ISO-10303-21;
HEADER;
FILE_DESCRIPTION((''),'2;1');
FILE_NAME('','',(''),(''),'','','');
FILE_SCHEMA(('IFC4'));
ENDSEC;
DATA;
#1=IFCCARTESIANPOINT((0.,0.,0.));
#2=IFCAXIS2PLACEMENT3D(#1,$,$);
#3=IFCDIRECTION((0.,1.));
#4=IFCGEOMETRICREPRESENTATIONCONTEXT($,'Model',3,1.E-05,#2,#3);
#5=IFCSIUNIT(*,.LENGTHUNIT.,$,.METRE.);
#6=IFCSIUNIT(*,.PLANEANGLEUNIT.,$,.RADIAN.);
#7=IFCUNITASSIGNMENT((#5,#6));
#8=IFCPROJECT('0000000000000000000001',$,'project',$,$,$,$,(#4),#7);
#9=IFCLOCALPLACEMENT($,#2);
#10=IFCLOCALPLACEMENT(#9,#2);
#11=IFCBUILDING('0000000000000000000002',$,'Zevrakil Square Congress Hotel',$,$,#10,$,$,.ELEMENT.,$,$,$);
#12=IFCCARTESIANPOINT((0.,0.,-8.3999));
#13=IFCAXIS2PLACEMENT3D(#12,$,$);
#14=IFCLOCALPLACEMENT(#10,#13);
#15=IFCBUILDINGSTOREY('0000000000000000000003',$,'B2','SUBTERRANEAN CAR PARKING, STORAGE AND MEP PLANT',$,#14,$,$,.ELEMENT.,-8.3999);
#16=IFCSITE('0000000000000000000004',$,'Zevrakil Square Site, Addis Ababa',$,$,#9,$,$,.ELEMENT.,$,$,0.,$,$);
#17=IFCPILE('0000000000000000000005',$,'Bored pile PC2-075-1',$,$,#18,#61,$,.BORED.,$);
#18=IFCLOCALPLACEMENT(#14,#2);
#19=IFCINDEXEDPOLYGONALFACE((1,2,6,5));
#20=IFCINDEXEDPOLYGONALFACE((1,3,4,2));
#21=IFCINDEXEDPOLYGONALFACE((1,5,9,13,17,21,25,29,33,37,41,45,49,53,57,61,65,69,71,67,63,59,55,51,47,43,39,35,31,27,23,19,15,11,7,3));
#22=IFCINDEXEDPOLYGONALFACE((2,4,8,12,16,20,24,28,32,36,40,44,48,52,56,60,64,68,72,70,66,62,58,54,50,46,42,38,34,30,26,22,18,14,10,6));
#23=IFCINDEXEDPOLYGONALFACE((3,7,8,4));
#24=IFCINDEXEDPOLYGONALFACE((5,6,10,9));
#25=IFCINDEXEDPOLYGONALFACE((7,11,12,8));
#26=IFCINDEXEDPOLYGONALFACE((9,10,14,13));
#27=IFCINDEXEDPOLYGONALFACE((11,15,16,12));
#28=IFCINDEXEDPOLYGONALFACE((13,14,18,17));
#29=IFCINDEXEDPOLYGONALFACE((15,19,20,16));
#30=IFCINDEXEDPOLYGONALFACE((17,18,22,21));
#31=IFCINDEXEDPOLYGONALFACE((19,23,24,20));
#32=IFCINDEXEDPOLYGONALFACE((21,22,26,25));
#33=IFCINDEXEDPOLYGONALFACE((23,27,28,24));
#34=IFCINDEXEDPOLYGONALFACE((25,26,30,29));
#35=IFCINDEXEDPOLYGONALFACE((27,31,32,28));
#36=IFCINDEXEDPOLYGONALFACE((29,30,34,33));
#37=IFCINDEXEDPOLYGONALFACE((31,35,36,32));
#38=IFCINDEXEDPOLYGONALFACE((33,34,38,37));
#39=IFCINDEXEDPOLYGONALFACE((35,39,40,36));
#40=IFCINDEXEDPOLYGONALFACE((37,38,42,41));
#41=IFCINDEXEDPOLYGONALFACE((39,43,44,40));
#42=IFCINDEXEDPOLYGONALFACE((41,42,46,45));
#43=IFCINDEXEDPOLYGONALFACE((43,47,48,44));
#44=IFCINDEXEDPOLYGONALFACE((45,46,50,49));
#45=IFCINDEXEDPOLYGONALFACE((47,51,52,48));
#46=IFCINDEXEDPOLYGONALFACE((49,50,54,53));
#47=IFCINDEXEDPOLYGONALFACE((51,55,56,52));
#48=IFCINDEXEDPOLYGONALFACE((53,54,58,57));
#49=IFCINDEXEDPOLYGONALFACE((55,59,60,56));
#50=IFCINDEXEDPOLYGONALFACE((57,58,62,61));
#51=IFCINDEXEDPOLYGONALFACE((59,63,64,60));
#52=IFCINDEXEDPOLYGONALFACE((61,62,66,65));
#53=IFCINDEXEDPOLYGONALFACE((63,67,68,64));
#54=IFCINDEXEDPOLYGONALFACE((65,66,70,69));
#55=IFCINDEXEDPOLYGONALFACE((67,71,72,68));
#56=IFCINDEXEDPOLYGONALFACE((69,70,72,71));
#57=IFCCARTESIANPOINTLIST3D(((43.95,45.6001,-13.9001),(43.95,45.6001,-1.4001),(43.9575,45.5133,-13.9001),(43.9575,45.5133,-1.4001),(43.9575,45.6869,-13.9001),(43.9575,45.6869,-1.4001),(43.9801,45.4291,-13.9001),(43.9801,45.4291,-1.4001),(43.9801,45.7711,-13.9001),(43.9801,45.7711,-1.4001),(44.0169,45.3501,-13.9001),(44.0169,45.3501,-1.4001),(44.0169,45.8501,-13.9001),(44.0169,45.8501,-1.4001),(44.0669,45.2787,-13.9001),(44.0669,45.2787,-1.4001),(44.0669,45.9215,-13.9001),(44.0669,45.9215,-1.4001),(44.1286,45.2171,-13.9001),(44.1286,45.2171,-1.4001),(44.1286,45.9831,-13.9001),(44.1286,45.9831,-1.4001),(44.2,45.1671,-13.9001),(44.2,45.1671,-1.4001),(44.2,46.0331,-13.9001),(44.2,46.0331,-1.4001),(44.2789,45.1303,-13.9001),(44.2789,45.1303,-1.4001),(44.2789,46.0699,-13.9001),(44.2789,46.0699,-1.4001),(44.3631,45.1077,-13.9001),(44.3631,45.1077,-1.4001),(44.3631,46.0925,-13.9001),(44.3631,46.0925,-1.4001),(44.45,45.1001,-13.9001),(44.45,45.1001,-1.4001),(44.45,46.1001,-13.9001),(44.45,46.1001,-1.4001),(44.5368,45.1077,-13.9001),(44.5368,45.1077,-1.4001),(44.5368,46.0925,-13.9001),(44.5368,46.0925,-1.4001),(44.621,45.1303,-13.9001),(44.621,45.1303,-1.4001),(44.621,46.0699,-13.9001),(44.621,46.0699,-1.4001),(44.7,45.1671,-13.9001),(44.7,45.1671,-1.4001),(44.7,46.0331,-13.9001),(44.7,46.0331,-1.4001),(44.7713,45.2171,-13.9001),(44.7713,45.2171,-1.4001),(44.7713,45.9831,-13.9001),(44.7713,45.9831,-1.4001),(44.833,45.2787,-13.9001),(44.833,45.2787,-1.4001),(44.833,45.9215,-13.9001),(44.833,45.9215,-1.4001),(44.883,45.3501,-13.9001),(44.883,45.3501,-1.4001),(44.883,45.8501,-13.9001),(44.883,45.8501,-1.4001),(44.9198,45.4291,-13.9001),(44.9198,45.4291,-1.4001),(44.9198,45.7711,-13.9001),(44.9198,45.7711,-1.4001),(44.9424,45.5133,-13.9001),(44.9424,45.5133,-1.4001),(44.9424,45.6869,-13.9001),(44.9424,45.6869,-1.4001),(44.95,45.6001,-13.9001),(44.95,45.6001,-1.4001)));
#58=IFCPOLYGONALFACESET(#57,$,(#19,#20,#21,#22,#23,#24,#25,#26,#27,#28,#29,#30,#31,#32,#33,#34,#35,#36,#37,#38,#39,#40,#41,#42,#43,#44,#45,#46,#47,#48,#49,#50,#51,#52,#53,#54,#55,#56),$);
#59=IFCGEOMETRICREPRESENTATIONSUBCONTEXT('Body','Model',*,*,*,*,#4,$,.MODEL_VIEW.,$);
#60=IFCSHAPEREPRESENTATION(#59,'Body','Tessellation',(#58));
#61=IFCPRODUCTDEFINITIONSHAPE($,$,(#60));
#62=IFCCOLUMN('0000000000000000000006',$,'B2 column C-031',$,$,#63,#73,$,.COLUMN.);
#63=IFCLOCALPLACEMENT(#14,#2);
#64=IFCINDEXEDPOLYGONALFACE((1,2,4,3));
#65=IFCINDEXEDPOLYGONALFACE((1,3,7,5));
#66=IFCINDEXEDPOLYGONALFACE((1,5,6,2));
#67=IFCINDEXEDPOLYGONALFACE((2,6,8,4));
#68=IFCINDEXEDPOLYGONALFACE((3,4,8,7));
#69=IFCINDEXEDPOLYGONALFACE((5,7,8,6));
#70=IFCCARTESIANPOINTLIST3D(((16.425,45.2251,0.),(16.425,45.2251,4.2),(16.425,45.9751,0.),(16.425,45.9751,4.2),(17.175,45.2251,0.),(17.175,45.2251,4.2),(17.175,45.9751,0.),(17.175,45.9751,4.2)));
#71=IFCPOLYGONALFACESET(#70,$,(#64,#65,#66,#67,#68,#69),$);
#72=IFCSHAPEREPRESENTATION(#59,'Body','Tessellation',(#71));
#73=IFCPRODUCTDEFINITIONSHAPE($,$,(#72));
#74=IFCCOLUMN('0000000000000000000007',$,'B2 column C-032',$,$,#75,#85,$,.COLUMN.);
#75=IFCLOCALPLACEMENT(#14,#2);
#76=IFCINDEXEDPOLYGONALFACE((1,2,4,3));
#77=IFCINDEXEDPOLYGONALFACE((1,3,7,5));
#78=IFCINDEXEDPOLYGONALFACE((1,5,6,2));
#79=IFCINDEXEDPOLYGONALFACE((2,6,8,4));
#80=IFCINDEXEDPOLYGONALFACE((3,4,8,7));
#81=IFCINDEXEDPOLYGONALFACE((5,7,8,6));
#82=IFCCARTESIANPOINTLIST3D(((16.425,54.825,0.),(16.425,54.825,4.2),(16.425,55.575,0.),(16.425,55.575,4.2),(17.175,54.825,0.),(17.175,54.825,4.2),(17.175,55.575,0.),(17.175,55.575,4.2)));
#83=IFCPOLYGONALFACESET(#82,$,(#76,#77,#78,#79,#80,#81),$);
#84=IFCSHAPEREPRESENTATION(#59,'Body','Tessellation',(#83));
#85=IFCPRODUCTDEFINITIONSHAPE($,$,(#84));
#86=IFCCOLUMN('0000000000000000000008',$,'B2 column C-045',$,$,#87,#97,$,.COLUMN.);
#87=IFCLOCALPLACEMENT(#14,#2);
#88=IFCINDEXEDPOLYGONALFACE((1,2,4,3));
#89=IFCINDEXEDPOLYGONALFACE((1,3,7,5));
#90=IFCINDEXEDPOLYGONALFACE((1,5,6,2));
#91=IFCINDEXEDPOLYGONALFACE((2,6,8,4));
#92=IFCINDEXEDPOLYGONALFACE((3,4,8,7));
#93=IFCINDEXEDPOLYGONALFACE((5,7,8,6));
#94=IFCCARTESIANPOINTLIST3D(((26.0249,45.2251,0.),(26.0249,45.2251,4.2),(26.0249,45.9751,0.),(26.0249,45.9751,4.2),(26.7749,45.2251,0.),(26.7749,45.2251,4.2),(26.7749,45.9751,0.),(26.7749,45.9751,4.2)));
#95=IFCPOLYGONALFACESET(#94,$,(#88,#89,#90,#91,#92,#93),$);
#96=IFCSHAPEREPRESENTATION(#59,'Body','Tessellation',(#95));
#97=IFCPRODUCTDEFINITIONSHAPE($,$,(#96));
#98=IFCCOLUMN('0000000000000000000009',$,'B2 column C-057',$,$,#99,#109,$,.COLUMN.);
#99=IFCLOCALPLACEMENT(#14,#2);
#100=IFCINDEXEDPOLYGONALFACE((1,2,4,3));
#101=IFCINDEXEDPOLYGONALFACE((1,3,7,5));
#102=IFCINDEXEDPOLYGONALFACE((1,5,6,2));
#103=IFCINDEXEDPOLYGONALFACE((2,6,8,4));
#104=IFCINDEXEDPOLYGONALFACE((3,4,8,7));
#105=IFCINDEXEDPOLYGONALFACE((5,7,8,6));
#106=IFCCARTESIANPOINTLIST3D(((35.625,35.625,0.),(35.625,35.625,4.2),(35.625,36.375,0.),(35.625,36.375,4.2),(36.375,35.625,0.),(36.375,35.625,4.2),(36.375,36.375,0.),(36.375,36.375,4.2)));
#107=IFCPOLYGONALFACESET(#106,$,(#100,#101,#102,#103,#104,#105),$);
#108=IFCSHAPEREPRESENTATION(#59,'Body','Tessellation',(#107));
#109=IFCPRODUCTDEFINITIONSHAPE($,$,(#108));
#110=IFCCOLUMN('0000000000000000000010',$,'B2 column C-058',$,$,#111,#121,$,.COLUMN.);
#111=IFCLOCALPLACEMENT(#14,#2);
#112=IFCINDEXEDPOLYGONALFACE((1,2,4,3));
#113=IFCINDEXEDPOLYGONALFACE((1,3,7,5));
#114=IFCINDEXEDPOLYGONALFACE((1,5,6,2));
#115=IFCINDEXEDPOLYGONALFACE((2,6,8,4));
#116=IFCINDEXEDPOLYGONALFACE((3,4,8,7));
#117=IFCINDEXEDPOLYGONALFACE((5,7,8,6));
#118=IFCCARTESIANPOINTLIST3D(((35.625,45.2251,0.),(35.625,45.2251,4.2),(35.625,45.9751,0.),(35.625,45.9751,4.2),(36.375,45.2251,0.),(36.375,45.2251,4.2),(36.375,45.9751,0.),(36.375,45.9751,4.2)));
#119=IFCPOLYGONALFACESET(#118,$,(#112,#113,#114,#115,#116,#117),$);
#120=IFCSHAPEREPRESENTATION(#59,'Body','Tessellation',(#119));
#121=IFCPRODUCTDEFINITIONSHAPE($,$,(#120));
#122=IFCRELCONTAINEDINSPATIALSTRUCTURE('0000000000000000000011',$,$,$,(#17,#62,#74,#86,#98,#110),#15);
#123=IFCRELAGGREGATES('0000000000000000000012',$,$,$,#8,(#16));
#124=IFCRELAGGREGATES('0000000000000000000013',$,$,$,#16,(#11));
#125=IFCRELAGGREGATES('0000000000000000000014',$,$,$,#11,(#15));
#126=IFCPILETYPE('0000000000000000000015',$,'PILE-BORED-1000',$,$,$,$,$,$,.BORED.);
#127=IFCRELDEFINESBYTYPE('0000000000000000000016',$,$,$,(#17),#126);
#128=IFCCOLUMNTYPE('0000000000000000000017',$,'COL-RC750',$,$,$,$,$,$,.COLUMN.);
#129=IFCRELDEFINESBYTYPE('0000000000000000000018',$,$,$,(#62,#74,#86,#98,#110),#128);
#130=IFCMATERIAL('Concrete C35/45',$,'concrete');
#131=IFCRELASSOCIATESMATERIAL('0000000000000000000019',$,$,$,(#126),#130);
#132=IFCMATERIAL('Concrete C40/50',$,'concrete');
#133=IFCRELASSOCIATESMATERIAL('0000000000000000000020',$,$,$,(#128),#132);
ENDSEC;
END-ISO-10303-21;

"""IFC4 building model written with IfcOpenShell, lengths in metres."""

from ifc_helpers import new_model, si_unit, direction, frame, origin, origin_2d, place, context, subcontext, project, spatial, rectangle, circle, extrude, material, material_profile, profile_set, type_object, element, save


model = new_model("IFC4")

# Units and contexts
model_context = context("Model", 3, precision=1e-05, world=origin(), true_north=direction((0.0, 1.0)))
body_context = subcontext(model_context, "Body", "Model", "MODEL_VIEW")
ifc_project = project(units=[si_unit("LENGTHUNIT", "METRE"), si_unit("PLANEANGLEUNIT", "RADIAN")], contexts=[model_context])

# Site, building, storey
site_placement = place(None, origin())
site = spatial("IfcSite", under=ifc_project, at=site_placement, Name="Zevrakil Square Site, Addis Ababa", CompositionType="ELEMENT", RefElevation=0.0)
building_placement = place(site_placement, origin())
building = spatial("IfcBuilding", under=site, at=building_placement, Name="Zevrakil Square Congress Hotel", CompositionType="ELEMENT")
storey_placement = place(building_placement, frame((0.0, 0.0, -8.3999)))
storey = spatial("IfcBuildingStorey", under=building, at=storey_placement, Name="B2", Description="SUBTERRANEAN CAR PARKING, STORAGE AND MEP PLANT", CompositionType="ELEMENT", Elevation=-8.3999)

# Pile
ifc_material_1 = material(Name="Concrete C35/45", Category="concrete")
ifc_material_profile_1 = material_profile(ifc_material_1, circle(Radius=0.5, at=origin_2d()), Name="PILE D1000")
ifc_profile_set_1 = profile_set([ifc_material_profile_1], Name="Concrete C35/45")
pile_type = type_object("IfcPileType", Name="PILE-BORED-1000", PredefinedType="BORED", material=ifc_profile_set_1)
for number, where, z_axis, x_axis, name in (
    (1, (44.45, 45.6001, -1.4001), (0.0, 0.0, -1.0), (1.0, 0.0, 0.0), "Bored pile PC2-075-1"),
):
    element("IfcPile", number, at=place(storey_placement, frame(where, z_axis=z_axis, x_axis=x_axis)), inside=storey, type_object=pile_type, Name=name, PredefinedType="BORED", context=body_context, shape_type="SweptSolid", body=[
        extrude(circle(Radius=0.5, at=origin_2d()), origin(), (0.0, 0.0, 1.0), 12.5),
    ])

# Columns
ifc_material_2 = material(Name="Concrete C40/50", Category="concrete")
ifc_material_profile_2 = material_profile(ifc_material_2, rectangle(XDim=0.75, YDim=0.75, at=origin_2d()), Name="RC 750x750")
ifc_profile_set_2 = profile_set([ifc_material_profile_2], Name="Concrete C40/50")
column_type = type_object("IfcColumnType", Name="COL-RC750", PredefinedType="COLUMN", material=ifc_profile_set_2)
for number, where, z_axis, x_axis, name in (
    (2, (16.8, 45.6001, 0.0), (0.0, 0.0, 1.0), (1.0, 0.0, 0.0), "B2 column C-031"),
    (3, (16.8, 55.2, 0.0), (0.0, 0.0, 1.0), (1.0, 0.0, 0.0), "B2 column C-032"),
    (4, (26.3999, 45.6001, 0.0), (0.0, 0.0, 1.0), (1.0, 0.0, 0.0), "B2 column C-045"),
    (5, (36.0, 36.0, 0.0), (0.0, 0.0, 1.0), (1.0, 0.0, 0.0), "B2 column C-057"),
    (6, (36.0, 45.6001, 0.0), (0.0, 0.0, 1.0), (1.0, 0.0, 0.0), "B2 column C-058"),
):
    element("IfcColumn", number, at=place(storey_placement, frame(where, z_axis=z_axis, x_axis=x_axis)), inside=storey, type_object=column_type, Name=name, PredefinedType="COLUMN", context=body_context, shape_type="SweptSolid", body=[
        extrude(rectangle(XDim=0.75, YDim=0.75, at=origin_2d()), origin(), (0.0, 0.0, 1.0), 4.2),
    ])

save(model, "model.ifc")
